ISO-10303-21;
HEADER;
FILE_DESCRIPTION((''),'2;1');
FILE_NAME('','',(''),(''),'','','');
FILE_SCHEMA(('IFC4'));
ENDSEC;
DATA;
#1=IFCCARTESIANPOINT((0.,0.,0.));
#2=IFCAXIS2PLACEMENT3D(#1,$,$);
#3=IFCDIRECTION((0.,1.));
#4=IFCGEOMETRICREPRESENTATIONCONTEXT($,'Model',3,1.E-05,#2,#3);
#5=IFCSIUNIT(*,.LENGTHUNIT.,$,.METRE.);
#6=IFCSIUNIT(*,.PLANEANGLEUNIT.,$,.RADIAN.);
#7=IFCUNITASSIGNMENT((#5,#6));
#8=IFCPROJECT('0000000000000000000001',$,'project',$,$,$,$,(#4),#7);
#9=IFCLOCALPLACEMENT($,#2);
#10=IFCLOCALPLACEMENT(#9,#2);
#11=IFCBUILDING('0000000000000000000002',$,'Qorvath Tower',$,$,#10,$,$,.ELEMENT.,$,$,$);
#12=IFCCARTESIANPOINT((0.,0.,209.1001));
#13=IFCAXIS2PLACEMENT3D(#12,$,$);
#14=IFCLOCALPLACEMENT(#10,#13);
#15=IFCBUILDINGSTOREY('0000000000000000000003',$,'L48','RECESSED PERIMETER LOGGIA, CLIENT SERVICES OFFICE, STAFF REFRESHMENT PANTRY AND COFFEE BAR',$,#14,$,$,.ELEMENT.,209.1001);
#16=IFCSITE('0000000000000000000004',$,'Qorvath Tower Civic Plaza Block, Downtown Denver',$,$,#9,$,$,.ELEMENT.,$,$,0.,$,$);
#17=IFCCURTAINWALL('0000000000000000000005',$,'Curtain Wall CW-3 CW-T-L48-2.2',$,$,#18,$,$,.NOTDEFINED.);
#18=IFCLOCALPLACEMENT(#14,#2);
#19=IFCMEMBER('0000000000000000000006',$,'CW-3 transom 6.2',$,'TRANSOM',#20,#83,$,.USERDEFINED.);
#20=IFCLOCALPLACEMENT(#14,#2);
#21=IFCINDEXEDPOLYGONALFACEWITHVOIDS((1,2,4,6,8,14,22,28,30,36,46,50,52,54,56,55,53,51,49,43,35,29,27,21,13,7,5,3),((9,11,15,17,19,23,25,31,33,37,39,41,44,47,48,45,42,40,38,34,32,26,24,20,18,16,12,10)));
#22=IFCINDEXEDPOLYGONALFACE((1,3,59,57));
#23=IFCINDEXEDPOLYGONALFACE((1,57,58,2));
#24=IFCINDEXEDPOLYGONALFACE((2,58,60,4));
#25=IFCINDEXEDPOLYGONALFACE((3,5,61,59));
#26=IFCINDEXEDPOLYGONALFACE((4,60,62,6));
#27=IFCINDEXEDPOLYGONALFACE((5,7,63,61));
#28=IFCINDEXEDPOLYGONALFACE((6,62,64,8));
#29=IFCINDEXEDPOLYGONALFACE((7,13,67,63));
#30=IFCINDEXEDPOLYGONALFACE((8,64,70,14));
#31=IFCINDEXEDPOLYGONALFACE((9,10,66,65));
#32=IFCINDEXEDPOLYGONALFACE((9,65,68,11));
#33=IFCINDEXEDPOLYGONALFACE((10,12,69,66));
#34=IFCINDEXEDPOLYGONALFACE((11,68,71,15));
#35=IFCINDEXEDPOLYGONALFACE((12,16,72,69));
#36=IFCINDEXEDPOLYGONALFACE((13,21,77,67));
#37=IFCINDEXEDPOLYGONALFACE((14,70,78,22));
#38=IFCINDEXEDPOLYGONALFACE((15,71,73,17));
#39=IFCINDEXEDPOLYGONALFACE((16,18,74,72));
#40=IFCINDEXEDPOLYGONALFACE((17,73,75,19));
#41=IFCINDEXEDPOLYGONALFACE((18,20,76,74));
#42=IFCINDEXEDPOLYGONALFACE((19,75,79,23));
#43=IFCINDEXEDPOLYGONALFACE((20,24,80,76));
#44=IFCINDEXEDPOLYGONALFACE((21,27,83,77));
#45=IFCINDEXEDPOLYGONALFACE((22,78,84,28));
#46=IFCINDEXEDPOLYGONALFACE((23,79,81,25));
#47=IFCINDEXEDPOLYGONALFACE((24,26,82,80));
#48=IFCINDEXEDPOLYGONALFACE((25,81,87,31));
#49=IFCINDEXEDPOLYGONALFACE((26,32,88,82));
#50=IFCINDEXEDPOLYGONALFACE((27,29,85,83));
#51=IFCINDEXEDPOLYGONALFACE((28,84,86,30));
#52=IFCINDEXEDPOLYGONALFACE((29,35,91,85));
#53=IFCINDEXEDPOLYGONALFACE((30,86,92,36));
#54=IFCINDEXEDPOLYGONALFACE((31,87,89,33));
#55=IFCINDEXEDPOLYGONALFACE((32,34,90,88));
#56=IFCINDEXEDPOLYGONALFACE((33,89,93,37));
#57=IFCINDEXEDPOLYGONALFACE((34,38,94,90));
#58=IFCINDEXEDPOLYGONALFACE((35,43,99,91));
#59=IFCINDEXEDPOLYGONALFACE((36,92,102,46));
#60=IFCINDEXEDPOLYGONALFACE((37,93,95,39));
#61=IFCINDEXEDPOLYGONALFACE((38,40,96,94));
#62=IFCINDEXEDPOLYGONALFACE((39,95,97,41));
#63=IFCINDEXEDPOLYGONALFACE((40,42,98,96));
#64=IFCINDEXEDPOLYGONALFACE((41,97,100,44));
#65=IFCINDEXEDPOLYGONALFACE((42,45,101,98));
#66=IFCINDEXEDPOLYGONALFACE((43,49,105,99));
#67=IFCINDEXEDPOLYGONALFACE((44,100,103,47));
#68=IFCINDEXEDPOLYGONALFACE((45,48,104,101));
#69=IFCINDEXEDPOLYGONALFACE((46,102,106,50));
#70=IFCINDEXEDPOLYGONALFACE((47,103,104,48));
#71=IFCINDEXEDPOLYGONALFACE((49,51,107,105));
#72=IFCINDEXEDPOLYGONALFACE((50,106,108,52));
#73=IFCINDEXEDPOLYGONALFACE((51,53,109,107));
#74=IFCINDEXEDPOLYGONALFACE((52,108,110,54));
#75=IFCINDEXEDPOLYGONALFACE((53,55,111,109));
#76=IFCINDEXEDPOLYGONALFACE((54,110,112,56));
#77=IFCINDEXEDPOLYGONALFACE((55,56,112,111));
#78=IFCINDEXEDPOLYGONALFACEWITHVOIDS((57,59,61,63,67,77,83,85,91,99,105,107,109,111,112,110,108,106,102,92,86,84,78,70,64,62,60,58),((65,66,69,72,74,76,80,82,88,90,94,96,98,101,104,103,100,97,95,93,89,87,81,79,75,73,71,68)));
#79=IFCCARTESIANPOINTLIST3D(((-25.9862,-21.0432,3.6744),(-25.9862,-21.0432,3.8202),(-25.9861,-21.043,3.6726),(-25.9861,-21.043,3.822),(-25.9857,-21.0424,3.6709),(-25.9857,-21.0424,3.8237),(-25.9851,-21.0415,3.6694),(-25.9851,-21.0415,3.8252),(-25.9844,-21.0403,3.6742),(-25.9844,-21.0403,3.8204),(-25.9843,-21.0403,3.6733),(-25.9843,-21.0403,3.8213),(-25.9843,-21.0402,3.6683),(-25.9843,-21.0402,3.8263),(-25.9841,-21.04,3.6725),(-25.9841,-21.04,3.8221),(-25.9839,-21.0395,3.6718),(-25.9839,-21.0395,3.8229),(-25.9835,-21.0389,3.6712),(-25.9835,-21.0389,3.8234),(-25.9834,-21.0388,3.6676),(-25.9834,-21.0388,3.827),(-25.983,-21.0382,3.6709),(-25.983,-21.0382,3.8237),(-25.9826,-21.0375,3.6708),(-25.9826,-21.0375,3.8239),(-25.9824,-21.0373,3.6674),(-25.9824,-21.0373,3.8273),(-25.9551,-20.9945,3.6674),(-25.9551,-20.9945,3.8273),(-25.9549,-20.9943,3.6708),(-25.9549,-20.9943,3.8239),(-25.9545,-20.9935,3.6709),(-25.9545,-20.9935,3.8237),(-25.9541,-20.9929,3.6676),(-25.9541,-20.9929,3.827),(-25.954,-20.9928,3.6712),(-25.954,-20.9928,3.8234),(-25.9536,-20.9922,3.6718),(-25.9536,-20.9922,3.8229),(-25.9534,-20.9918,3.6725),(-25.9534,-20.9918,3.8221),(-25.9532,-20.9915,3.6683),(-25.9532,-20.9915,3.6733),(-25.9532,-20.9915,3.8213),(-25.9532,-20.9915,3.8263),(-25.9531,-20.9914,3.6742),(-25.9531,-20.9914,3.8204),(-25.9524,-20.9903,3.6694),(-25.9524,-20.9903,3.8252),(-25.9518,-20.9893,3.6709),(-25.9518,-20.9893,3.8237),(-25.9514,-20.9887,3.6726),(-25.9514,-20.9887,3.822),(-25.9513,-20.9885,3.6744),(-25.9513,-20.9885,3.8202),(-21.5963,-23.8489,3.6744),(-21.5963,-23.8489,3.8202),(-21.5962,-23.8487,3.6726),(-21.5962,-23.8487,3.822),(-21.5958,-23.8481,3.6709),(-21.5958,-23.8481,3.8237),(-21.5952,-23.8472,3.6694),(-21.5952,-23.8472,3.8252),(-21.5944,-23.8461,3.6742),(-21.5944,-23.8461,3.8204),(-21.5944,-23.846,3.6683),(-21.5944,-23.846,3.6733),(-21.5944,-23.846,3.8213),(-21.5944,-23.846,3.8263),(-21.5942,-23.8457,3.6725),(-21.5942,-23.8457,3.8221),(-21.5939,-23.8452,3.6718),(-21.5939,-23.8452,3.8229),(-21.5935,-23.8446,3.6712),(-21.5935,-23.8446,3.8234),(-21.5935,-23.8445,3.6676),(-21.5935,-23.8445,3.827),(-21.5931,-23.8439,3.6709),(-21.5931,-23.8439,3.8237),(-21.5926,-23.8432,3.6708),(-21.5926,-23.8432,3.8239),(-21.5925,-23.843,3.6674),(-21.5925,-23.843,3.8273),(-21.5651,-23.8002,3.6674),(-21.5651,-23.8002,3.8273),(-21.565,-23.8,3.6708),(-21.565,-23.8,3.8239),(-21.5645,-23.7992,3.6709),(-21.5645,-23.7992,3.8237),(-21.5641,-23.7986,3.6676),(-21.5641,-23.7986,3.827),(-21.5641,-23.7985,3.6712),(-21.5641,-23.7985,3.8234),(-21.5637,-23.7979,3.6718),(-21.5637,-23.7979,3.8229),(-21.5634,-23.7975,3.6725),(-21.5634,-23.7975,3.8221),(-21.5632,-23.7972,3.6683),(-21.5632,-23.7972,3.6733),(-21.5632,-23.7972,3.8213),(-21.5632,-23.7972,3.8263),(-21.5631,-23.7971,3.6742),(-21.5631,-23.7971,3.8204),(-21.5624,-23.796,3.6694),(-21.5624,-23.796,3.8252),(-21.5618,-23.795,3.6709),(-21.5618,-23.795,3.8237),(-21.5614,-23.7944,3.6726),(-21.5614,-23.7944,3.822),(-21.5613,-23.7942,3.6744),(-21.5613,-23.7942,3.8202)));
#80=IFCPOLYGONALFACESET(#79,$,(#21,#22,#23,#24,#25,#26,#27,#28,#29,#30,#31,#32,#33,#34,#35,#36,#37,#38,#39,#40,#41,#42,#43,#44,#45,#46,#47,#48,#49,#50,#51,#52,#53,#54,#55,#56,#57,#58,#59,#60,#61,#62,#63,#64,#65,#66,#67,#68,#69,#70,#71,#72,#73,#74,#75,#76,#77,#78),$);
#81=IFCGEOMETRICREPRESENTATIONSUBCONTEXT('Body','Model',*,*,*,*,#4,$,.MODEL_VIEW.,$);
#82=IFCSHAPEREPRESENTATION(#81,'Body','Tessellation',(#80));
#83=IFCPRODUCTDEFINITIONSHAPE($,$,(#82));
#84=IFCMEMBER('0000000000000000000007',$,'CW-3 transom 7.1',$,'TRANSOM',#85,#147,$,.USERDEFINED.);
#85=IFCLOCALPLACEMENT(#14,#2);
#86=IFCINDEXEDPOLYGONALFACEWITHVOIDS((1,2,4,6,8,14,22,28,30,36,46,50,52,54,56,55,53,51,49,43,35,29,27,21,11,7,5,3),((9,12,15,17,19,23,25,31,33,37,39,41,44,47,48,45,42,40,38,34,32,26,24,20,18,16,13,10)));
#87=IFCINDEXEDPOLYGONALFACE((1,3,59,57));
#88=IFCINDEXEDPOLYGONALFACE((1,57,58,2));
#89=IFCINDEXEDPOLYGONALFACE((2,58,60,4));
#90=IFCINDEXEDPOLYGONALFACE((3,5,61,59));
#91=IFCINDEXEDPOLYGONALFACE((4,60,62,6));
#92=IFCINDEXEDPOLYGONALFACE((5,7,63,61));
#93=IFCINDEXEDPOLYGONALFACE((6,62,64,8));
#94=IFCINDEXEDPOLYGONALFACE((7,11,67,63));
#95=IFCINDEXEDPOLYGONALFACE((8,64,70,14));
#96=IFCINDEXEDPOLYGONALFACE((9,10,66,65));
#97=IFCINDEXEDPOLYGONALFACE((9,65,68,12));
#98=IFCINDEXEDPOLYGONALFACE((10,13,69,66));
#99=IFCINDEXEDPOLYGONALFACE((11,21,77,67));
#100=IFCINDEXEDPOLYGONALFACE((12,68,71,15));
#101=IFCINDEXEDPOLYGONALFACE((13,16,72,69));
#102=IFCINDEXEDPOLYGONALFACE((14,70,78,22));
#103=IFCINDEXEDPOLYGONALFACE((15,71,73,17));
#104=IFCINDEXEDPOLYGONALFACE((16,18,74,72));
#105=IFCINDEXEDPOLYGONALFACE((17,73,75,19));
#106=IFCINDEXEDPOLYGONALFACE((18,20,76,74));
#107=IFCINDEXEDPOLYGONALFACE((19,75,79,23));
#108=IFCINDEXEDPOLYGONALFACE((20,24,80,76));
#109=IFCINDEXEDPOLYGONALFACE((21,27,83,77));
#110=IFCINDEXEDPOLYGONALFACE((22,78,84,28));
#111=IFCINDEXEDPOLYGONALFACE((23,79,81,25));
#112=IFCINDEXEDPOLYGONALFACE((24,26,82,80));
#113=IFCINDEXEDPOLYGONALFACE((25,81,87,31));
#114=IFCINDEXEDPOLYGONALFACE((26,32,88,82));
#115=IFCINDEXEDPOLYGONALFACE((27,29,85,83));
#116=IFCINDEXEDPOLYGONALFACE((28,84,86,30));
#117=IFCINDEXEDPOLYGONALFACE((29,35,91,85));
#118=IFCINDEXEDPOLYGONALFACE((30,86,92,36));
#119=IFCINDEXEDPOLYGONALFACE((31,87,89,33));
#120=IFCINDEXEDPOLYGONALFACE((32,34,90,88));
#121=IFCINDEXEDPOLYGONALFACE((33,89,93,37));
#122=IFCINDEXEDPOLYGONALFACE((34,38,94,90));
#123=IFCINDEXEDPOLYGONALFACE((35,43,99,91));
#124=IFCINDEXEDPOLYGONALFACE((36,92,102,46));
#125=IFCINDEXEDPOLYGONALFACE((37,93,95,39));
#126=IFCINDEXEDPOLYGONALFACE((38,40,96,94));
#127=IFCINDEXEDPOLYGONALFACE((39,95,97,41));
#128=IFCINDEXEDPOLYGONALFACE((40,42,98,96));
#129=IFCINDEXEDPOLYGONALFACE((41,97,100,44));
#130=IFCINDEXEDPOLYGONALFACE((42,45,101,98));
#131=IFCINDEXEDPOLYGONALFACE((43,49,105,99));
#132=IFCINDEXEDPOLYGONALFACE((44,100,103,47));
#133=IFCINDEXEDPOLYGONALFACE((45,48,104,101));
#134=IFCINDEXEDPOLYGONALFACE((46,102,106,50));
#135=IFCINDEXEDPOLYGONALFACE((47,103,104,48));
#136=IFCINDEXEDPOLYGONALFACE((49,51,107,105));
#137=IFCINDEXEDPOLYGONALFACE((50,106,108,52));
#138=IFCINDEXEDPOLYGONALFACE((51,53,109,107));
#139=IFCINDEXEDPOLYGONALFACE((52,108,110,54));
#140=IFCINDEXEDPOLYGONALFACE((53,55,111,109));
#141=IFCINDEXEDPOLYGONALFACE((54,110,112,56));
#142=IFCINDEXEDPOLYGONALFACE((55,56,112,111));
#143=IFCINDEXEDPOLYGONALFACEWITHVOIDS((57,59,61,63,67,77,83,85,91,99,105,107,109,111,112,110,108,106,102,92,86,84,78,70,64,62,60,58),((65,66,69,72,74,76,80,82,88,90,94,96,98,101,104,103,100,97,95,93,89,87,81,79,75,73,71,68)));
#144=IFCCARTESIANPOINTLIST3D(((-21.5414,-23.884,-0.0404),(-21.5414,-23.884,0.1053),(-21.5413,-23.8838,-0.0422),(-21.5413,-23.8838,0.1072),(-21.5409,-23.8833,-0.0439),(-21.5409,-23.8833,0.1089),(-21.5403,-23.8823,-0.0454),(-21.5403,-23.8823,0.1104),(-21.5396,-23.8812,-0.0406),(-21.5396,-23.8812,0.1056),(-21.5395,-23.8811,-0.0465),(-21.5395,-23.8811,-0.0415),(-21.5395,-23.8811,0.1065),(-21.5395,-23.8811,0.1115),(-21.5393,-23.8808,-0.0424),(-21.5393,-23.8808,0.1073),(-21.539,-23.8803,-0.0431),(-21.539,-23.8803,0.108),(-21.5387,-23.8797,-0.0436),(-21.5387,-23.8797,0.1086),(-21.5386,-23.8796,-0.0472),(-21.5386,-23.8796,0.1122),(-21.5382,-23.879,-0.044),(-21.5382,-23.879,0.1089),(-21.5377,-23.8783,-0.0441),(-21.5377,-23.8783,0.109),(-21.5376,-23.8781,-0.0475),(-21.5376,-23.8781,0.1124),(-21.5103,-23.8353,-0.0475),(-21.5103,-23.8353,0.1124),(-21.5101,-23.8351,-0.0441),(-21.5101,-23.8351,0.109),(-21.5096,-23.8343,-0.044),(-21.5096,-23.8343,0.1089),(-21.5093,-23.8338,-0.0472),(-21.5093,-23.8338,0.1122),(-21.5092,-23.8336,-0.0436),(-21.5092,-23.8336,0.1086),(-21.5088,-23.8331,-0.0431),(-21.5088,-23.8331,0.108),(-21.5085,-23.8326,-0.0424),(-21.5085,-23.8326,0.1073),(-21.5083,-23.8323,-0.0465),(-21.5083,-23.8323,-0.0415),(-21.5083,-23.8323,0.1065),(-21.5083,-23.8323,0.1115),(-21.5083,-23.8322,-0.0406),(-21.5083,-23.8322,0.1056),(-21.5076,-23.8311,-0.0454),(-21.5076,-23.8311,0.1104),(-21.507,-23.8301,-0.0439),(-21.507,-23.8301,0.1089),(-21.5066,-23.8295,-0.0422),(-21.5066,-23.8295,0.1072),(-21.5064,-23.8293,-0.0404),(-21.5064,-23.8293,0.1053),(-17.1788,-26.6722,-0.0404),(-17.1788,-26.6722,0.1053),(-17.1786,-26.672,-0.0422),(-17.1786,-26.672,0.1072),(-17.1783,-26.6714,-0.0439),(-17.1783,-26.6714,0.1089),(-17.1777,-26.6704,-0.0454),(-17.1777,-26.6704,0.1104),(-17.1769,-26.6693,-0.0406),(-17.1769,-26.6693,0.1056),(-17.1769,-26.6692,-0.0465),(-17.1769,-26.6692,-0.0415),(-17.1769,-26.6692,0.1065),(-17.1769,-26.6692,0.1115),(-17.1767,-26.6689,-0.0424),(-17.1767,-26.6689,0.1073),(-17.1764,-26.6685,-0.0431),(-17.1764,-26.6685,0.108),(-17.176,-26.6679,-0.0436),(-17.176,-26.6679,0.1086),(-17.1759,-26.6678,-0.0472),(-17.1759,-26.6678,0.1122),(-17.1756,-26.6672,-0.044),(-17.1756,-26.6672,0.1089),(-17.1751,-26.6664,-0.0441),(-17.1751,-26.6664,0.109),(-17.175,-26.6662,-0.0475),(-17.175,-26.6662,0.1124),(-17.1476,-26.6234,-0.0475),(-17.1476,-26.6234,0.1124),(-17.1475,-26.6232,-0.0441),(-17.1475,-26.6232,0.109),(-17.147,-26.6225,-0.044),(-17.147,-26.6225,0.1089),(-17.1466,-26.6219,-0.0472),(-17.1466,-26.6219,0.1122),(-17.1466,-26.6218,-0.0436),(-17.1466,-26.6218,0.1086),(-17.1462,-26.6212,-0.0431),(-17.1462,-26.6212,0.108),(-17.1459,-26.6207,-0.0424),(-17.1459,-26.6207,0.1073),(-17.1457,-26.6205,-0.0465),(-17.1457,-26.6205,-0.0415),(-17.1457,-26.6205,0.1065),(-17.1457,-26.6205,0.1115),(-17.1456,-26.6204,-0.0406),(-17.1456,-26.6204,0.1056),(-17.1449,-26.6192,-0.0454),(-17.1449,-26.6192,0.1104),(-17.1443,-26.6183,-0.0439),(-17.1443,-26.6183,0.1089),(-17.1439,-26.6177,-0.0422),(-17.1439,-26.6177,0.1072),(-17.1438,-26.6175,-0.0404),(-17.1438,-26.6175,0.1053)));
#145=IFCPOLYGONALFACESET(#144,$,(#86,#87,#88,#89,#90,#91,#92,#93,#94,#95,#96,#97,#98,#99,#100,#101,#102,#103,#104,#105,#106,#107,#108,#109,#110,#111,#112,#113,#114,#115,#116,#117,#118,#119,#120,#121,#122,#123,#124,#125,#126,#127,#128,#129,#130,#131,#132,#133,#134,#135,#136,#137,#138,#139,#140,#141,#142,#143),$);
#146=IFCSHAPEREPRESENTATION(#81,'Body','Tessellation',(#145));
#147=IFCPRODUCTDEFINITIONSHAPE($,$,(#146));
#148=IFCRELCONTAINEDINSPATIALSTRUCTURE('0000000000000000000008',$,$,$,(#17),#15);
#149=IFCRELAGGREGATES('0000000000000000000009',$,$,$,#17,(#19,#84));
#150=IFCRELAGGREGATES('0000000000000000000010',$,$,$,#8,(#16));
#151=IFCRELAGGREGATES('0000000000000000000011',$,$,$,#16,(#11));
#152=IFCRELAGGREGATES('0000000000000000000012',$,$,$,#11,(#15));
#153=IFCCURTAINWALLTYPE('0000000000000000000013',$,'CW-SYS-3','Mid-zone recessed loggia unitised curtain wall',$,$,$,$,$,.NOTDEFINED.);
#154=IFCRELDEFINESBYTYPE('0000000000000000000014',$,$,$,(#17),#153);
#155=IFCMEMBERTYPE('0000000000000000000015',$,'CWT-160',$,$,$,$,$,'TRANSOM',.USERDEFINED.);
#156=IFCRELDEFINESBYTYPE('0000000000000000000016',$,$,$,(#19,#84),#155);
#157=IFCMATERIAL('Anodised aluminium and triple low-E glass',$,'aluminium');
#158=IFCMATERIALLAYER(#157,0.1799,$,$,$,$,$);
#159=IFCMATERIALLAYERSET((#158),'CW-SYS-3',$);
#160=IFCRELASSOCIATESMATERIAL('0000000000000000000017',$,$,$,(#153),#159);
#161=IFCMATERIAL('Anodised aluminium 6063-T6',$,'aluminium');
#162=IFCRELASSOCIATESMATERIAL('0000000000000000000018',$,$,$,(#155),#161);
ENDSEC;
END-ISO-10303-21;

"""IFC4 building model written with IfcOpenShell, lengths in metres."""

from ifc_helpers import new_model, si_unit, direction, frame, origin, origin_2d, place, context, subcontext, project, spatial, hollow_rectangle, extrude, material, layer, layer_set, material_profile, profile_set, type_object, element, aggregate, save


model = new_model("IFC4")

# Units and contexts
model_context = context("Model", 3, precision=1e-05, world=origin(), true_north=direction((0.0, 1.0)))
body_context = subcontext(model_context, "Body", "Model", "MODEL_VIEW")
ifc_project = project(units=[si_unit("LENGTHUNIT", "METRE"), si_unit("PLANEANGLEUNIT", "RADIAN")], contexts=[model_context])

# Site, building, storey
site_placement = place(None, origin())
site = spatial("IfcSite", under=ifc_project, at=site_placement, Name="Qorvath Tower Civic Plaza Block, Downtown Denver", CompositionType="ELEMENT", RefElevation=0.0)
building_placement = place(site_placement, origin())
building = spatial("IfcBuilding", under=site, at=building_placement, Name="Qorvath Tower", CompositionType="ELEMENT")
storey_placement = place(building_placement, frame((0.0, 0.0, 209.1001)))
storey = spatial("IfcBuildingStorey", under=building, at=storey_placement, Name="L48", Description="RECESSED PERIMETER LOGGIA, CLIENT SERVICES OFFICE, STAFF REFRESHMENT PANTRY AND COFFEE BAR", CompositionType="ELEMENT", Elevation=209.1001)

# Curtain wall, members
ifc_material_1 = material(Name="Anodised aluminium and triple low-E glass", Category="aluminium")
ifc_layer_1 = layer(ifc_material_1, 0.1799)
ifc_layer_set_1 = layer_set([ifc_layer_1], Name="CW-SYS-3")
curtain_wall_type = type_object("IfcCurtainWallType", Name="CW-SYS-3", Description="Mid-zone recessed loggia unitised curtain wall", PredefinedType="NOTDEFINED", material=ifc_layer_set_1)
curtain_wall_placement = place(storey_placement, origin())
curtain_wall = element("IfcCurtainWall", 1, at=curtain_wall_placement, inside=storey, type_object=curtain_wall_type, Name="Curtain Wall CW-3 CW-T-L48-2.2", PredefinedType="NOTDEFINED")
ifc_material_2 = material(Name="Anodised aluminium 6063-T6", Category="aluminium")
ifc_material_profile_1 = material_profile(ifc_material_2, hollow_rectangle(XDim=0.0649, YDim=0.1599, WallThickness=0.0034, InnerFilletRadius=0.0034, OuterFilletRadius=0.0071, at=origin_2d()), Name="CWT 160x65")
ifc_profile_set_1 = profile_set([ifc_material_profile_1], Name="Anodised aluminium 6063-T6")
member_type_1 = type_object("IfcMemberType", Name="CWT-160", ElementType="TRANSOM", PredefinedType="USERDEFINED", material=ifc_profile_set_1)
member_1_placement = place(storey_placement, frame((-25.9688, -21.0159, 3.7473), z_axis=(0.842608, -0.538527, 0.0), x_axis=(0.538527, 0.842608, 0.0)))
member_1 = element("IfcMember", 2, at=member_1_placement, type_object=member_type_1, Name="CW-3 transom 6.2", ObjectType="TRANSOM", PredefinedType="USERDEFINED", context=body_context, shape_type="SweptSolid", body=[
    extrude(hollow_rectangle(XDim=0.0649, YDim=0.1599, WallThickness=0.0034, InnerFilletRadius=0.0034, OuterFilletRadius=0.0071, at=origin_2d()), origin(), (0.0, 0.0, 1.0), 5.21),
])
member_2_placement = place(storey_placement, frame((-21.5239, -23.8567, 0.0325), z_axis=(0.842617, -0.538513, 0.0), x_axis=(0.538513, 0.842617, 0.0)))
member_2 = element("IfcMember", 3, at=member_2_placement, type_object=member_type_1, Name="CW-3 transom 7.1", ObjectType="TRANSOM", PredefinedType="USERDEFINED", context=body_context, shape_type="SweptSolid", body=[
    extrude(hollow_rectangle(XDim=0.0649, YDim=0.1599, WallThickness=0.0034, InnerFilletRadius=0.0034, OuterFilletRadius=0.0071, at=origin_2d()), origin(), (0.0, 0.0, 1.0), 5.1775),
])
aggregate(curtain_wall, [member_1, member_2])

save(model, "model.ifc")
